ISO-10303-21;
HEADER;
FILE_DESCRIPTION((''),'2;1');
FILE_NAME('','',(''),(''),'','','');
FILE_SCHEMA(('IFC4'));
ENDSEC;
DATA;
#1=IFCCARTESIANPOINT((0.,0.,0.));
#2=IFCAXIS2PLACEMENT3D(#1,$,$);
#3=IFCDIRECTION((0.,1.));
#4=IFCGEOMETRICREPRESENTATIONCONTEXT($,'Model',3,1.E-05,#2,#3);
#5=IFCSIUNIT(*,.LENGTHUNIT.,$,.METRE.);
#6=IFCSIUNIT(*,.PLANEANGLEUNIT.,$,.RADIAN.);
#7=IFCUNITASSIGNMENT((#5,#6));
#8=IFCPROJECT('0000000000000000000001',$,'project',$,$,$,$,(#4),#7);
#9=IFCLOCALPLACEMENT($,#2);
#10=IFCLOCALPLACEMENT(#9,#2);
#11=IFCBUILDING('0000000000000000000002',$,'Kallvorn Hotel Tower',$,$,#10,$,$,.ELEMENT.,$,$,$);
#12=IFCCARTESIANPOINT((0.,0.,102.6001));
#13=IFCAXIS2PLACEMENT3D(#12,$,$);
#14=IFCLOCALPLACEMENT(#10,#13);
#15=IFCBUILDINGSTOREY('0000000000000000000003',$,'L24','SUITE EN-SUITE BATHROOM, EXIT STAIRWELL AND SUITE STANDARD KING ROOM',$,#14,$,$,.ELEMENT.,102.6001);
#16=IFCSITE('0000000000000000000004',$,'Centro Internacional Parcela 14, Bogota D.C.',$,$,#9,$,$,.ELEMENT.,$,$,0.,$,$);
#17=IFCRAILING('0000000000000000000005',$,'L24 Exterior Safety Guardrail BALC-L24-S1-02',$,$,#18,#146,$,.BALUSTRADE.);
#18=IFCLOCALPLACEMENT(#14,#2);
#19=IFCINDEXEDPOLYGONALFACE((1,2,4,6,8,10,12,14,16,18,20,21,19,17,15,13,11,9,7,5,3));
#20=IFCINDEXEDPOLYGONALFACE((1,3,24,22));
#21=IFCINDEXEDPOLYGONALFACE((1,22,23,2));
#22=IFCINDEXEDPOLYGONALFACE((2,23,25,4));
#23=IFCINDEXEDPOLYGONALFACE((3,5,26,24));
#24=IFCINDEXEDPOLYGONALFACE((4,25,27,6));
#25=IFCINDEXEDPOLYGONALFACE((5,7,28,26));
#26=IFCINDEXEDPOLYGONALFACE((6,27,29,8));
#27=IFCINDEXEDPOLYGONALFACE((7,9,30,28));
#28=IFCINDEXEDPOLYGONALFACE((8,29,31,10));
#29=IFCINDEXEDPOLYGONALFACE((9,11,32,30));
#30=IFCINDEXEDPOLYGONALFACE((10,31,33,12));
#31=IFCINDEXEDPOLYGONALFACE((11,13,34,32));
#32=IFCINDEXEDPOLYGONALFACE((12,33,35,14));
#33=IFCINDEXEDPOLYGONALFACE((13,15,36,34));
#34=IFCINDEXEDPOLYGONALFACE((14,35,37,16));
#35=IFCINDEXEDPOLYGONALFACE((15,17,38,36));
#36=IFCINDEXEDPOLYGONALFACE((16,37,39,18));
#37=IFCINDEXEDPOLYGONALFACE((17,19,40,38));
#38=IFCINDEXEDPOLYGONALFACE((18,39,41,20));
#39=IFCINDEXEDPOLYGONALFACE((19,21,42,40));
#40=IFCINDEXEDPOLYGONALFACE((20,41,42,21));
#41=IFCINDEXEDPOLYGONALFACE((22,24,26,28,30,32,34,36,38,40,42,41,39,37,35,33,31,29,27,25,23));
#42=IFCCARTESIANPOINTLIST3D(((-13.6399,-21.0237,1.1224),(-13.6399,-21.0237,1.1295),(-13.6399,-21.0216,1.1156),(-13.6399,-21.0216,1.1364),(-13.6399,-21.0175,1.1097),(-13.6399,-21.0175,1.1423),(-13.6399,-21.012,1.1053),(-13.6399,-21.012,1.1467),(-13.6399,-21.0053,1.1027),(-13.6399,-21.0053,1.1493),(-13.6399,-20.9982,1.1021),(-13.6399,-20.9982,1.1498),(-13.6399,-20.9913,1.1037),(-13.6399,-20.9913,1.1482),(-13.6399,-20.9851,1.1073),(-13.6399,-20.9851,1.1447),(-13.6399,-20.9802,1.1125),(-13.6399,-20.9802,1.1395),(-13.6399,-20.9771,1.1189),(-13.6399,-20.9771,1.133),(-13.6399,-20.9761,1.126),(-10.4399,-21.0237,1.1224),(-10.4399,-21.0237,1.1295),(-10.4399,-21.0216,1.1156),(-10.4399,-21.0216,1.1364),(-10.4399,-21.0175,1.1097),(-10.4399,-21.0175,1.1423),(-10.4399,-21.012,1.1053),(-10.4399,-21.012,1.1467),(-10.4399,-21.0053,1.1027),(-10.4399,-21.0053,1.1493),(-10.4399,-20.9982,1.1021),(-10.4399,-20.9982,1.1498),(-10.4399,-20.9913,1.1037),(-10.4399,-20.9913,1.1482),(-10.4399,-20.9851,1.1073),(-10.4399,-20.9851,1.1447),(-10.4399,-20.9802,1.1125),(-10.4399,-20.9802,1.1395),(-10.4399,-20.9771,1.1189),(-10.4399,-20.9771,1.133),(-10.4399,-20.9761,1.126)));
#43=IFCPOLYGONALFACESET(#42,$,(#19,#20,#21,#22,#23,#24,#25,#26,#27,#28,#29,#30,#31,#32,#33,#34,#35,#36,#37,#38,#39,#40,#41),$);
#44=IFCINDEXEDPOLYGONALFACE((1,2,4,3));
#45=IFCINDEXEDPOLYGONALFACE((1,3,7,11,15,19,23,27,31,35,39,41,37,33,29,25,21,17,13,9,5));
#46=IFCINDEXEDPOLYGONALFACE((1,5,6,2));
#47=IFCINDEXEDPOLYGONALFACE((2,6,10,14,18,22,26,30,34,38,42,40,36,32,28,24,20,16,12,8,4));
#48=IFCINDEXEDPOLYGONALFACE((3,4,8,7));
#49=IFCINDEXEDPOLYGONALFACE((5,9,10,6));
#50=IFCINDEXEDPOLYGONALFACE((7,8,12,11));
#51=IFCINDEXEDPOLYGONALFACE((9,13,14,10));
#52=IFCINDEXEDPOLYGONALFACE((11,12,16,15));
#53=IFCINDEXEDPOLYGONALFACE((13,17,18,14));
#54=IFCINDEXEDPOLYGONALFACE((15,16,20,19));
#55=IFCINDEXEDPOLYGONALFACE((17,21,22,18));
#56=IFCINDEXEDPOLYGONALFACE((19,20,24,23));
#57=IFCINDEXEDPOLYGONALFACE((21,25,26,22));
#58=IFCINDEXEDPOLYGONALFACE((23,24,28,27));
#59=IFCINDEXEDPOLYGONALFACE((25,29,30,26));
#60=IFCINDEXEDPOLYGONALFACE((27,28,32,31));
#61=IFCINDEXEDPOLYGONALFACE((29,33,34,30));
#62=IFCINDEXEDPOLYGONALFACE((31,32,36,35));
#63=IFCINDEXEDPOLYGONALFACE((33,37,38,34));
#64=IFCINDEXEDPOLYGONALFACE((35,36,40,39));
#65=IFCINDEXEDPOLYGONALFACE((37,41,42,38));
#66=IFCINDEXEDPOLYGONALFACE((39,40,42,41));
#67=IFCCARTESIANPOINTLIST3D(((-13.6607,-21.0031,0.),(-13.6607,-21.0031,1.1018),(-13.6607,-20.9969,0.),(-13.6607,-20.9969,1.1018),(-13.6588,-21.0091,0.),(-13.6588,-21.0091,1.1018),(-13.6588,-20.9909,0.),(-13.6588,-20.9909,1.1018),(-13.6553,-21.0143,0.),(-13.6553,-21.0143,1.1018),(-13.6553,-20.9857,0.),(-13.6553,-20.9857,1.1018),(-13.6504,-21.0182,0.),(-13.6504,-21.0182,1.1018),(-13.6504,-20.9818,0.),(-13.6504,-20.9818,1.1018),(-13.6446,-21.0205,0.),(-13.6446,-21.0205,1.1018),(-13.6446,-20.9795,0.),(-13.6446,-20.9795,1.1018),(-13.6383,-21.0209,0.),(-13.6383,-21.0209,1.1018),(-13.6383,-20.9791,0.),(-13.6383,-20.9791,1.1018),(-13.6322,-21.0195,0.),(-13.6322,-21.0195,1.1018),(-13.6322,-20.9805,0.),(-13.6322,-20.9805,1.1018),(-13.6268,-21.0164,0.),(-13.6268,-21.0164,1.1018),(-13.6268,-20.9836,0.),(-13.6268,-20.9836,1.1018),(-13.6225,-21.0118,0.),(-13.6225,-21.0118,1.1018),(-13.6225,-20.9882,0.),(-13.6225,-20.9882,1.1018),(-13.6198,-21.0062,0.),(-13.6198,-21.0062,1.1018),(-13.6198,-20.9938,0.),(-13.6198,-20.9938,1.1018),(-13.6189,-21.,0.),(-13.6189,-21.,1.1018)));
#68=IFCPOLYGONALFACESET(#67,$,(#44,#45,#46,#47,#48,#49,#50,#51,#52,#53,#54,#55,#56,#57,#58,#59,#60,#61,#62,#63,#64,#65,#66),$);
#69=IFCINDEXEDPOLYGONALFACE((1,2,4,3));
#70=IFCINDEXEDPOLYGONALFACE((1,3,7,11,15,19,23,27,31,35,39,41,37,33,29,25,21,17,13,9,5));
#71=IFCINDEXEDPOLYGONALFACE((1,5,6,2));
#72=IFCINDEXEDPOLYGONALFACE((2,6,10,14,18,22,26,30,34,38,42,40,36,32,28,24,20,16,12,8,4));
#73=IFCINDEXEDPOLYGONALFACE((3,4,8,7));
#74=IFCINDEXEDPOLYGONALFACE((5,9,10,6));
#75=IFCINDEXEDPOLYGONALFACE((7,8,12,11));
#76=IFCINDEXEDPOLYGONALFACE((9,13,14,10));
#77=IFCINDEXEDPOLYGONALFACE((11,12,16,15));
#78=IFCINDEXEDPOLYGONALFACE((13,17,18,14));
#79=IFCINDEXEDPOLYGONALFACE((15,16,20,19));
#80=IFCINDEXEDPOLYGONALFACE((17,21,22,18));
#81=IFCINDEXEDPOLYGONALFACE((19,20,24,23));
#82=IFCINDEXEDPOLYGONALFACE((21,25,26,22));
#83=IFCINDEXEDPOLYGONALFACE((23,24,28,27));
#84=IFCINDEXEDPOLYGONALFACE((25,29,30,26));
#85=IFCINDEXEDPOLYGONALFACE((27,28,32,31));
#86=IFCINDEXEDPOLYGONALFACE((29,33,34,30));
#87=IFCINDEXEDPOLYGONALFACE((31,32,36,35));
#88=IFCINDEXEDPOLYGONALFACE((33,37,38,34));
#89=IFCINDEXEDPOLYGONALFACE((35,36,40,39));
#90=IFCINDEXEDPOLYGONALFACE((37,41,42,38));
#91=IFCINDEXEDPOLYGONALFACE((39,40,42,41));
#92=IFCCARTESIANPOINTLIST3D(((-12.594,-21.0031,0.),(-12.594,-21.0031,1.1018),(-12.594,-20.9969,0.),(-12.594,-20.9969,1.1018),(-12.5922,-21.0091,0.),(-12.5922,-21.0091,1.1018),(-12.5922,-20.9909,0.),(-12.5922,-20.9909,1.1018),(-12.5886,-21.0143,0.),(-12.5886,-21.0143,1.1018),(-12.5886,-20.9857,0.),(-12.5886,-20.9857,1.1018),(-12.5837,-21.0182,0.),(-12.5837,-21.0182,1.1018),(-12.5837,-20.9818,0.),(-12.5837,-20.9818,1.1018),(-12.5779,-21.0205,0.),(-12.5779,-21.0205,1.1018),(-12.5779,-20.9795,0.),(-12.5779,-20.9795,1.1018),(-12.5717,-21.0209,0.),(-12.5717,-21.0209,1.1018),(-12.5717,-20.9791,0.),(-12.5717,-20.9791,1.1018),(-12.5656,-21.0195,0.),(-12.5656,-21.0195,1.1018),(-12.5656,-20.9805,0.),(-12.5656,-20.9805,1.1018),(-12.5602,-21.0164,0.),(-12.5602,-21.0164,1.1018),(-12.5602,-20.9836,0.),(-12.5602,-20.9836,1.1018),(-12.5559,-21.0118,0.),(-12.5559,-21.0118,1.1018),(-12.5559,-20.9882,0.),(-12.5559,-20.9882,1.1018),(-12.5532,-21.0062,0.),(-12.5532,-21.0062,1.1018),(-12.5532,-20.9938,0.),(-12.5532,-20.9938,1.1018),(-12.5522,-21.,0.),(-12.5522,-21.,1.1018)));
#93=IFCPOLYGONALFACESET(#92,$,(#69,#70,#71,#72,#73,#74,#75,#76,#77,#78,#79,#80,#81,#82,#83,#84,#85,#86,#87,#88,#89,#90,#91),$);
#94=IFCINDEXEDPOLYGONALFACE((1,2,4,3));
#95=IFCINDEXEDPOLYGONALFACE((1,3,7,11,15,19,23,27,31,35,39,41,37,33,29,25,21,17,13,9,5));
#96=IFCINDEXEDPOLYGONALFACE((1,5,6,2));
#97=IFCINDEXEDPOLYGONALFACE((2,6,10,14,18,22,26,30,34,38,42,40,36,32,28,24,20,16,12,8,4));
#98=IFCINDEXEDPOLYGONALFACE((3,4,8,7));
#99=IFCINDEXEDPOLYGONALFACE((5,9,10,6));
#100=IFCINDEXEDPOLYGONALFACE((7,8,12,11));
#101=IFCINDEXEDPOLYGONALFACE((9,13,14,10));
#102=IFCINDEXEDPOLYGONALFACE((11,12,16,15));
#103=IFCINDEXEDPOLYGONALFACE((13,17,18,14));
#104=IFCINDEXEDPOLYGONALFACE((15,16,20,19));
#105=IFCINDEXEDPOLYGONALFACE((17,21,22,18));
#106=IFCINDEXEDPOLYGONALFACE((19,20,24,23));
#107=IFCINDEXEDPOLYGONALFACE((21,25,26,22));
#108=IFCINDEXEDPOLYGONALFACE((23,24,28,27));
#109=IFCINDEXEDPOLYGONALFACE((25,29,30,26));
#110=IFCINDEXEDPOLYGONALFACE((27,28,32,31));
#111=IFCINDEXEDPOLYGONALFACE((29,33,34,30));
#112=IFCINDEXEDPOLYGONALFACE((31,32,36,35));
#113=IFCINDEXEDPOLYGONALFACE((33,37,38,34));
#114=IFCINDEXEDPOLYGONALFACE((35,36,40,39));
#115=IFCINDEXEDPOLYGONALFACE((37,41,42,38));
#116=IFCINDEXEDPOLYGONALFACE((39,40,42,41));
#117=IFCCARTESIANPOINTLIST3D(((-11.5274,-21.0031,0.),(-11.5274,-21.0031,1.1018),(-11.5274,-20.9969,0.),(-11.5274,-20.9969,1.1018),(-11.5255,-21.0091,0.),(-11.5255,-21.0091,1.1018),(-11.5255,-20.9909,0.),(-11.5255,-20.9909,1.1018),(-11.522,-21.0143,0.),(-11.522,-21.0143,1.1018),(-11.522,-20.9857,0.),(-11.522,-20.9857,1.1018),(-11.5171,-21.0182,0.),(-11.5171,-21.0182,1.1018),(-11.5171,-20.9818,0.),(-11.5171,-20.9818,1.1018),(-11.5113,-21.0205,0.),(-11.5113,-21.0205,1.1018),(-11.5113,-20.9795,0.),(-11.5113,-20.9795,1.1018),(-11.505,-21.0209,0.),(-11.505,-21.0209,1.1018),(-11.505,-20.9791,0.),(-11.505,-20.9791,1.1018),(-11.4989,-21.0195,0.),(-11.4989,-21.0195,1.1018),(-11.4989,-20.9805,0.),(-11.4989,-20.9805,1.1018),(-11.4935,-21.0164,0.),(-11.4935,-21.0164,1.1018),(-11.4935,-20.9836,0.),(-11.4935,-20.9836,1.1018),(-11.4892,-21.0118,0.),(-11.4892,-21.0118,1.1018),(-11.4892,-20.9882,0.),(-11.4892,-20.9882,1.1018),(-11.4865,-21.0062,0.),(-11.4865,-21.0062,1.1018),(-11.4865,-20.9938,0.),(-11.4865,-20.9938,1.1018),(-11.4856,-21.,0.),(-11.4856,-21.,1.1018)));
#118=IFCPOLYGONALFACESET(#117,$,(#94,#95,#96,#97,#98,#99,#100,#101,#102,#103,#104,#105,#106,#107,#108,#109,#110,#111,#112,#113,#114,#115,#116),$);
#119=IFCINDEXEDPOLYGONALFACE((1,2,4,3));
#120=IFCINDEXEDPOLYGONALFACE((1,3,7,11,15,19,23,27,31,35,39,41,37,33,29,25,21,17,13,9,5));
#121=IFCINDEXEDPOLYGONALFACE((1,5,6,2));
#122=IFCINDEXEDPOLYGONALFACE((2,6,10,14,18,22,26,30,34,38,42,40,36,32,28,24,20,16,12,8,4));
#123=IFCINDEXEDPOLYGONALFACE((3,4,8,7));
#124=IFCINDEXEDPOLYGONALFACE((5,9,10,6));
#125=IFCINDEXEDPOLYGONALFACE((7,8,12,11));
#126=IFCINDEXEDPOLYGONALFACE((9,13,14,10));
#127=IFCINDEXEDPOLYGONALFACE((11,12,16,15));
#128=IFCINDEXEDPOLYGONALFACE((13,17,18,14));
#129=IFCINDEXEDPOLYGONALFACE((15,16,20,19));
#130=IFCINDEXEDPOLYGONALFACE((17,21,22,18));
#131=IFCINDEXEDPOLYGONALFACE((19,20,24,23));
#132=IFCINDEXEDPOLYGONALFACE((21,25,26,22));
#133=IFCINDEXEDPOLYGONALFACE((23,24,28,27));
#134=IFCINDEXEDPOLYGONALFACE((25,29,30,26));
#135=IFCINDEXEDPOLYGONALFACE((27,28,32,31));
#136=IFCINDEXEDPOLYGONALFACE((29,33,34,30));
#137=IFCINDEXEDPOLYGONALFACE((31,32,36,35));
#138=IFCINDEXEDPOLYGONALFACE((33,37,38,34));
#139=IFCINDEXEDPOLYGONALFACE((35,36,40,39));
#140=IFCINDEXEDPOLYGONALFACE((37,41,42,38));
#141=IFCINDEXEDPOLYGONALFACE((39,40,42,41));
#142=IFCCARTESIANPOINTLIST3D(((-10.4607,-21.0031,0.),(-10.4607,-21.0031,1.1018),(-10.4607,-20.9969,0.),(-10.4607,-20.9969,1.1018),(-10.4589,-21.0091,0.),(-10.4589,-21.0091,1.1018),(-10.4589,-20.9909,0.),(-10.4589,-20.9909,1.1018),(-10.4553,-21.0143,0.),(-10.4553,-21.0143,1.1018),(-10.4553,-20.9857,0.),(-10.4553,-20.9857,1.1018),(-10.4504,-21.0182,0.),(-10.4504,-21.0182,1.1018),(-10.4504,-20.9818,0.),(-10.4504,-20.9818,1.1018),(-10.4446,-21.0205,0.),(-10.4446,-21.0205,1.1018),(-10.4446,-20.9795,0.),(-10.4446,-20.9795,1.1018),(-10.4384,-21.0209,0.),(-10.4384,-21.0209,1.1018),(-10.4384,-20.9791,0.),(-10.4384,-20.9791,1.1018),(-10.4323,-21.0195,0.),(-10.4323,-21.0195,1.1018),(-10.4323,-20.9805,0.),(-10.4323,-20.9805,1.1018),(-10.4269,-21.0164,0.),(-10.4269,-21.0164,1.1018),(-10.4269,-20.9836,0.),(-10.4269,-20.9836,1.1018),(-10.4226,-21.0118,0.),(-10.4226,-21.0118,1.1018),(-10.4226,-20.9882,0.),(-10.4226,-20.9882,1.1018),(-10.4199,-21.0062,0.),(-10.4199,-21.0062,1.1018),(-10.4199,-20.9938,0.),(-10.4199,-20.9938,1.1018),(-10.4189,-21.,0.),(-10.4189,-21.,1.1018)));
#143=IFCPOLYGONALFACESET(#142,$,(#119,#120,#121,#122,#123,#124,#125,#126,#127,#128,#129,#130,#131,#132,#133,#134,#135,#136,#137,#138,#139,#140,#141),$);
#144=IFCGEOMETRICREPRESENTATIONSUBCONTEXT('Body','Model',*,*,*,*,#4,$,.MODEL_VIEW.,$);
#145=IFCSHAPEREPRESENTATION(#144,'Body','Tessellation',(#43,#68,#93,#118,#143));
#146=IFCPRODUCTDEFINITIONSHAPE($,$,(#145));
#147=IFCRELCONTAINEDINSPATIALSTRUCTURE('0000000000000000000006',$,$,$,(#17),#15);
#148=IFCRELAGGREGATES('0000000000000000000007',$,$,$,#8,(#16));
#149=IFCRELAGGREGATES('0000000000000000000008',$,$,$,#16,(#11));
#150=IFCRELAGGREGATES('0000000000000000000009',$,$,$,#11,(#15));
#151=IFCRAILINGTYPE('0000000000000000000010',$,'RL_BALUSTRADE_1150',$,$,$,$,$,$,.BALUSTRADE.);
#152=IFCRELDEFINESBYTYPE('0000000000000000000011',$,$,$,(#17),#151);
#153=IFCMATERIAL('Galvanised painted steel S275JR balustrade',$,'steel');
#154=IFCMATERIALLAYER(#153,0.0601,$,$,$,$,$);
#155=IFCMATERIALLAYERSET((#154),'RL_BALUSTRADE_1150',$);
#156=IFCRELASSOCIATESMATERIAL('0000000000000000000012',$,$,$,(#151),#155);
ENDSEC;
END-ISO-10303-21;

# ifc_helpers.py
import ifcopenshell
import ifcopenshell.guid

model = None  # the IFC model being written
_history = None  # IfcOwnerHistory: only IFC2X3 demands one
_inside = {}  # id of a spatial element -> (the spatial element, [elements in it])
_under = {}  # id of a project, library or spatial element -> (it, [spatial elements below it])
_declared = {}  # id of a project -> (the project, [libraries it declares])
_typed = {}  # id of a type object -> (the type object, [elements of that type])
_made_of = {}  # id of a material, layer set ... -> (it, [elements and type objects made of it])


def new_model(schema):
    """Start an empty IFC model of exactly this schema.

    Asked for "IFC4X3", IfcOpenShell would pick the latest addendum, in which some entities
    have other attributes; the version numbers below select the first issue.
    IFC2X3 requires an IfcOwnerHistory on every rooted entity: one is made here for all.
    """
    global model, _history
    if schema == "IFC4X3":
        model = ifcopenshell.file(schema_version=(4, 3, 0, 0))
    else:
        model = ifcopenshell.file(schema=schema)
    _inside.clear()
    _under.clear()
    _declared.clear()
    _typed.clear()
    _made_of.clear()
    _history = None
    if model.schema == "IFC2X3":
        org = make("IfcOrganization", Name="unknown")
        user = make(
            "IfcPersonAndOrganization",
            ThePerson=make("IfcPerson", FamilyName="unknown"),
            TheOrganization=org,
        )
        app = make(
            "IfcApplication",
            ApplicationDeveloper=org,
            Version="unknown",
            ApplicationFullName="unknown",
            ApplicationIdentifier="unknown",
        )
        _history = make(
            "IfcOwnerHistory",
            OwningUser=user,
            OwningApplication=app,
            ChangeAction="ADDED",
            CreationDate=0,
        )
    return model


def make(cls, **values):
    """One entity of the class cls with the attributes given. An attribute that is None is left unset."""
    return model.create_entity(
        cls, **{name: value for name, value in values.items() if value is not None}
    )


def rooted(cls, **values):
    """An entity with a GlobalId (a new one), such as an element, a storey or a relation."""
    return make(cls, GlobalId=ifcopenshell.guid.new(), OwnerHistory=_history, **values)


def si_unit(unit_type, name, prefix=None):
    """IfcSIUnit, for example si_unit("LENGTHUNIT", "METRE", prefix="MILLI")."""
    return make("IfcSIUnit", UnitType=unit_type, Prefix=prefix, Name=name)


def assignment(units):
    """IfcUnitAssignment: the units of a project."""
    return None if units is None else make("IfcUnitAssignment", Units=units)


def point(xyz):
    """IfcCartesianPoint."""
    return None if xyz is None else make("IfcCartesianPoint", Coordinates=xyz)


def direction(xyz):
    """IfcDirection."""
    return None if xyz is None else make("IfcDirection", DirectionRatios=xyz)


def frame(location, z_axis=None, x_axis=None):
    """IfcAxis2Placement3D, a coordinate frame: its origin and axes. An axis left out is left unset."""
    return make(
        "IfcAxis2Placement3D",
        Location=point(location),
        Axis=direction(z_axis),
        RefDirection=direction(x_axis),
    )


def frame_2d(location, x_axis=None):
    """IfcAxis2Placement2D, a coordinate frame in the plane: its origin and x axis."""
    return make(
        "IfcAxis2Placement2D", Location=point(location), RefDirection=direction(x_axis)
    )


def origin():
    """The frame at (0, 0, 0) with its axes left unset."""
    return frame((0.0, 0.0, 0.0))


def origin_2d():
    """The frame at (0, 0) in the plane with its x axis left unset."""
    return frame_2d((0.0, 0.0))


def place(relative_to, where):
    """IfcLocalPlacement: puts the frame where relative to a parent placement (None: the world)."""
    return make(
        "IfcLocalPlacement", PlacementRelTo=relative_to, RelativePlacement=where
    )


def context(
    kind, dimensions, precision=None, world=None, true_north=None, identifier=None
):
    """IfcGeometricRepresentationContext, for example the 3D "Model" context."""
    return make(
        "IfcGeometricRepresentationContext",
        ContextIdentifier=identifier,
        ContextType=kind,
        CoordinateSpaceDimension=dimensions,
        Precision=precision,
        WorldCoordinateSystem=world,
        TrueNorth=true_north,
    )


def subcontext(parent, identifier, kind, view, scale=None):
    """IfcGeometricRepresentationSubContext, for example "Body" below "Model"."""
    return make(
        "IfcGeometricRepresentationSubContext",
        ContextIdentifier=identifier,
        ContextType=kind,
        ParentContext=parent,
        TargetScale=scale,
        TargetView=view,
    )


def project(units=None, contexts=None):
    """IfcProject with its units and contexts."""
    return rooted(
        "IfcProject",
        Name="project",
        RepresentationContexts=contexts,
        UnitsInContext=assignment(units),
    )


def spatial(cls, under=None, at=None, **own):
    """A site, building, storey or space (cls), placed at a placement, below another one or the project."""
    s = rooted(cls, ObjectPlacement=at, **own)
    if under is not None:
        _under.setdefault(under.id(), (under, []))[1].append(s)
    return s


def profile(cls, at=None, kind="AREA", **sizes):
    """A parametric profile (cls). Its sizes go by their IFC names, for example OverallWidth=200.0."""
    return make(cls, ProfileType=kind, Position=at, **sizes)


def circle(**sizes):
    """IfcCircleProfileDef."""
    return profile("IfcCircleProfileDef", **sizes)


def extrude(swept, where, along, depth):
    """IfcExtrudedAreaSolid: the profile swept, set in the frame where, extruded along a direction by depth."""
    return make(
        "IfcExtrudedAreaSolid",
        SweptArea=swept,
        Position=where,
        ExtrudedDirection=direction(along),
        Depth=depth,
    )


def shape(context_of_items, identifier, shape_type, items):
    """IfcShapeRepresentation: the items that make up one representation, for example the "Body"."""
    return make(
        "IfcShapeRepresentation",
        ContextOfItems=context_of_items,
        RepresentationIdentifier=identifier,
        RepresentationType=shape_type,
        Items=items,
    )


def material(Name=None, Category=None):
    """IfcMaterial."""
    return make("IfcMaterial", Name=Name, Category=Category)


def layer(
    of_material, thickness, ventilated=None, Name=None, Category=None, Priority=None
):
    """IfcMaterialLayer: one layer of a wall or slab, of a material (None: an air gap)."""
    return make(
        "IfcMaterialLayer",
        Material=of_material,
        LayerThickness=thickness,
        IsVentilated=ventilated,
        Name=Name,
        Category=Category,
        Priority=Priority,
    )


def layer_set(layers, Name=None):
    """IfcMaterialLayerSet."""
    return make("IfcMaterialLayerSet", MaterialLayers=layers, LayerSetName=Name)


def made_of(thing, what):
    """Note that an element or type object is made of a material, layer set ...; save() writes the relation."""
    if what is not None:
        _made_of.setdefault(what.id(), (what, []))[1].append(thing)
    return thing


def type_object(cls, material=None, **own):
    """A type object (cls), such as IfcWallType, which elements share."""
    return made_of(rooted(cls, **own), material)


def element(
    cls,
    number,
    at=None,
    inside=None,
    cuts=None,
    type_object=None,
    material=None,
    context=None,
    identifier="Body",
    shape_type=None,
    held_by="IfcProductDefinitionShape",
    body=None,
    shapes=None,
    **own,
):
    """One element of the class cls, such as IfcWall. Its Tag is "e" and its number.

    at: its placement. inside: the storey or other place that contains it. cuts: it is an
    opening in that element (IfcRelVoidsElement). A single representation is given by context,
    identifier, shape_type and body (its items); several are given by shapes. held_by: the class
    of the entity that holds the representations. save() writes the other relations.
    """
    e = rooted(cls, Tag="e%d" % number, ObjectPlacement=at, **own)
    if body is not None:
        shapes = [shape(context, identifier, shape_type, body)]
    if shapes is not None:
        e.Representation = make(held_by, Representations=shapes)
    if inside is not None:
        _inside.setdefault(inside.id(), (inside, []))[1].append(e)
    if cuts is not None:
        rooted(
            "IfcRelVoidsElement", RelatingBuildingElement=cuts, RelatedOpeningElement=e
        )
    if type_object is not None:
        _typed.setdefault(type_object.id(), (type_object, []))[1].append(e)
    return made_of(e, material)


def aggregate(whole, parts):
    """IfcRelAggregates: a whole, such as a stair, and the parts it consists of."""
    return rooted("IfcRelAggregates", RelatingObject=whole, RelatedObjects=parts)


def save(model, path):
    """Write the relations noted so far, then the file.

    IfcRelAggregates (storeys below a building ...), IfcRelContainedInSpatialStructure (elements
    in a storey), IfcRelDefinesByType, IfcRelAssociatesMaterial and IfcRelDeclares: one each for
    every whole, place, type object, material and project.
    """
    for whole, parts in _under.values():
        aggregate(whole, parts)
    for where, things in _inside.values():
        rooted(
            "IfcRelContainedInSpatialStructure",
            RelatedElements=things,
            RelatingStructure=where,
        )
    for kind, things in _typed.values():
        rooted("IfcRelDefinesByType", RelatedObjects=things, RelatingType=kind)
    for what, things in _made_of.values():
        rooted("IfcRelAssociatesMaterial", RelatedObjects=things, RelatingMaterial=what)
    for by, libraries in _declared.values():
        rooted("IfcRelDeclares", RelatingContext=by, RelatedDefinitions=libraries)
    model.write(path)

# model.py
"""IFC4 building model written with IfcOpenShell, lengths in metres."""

from ifc_helpers import new_model, si_unit, direction, frame, origin, origin_2d, place, context, subcontext, project, spatial, circle, extrude, material, layer, layer_set, type_object, element, save


model = new_model("IFC4")

# Units and contexts
model_context = context("Model", 3, precision=1e-05, world=origin(), true_north=direction((0.0, 1.0)))
body_context = subcontext(model_context, "Body", "Model", "MODEL_VIEW")
ifc_project = project(units=[si_unit("LENGTHUNIT", "METRE"), si_unit("PLANEANGLEUNIT", "RADIAN")], contexts=[model_context])

# Site, building, storey
site_placement = place(None, origin())
site = spatial("IfcSite", under=ifc_project, at=site_placement, Name="Centro Internacional Parcela 14, Bogota D.C.", CompositionType="ELEMENT", RefElevation=0.0)
building_placement = place(site_placement, origin())
building = spatial("IfcBuilding", under=site, at=building_placement, Name="Kallvorn Hotel Tower", CompositionType="ELEMENT")
storey_placement = place(building_placement, frame((0.0, 0.0, 102.6001)))
storey = spatial("IfcBuildingStorey", under=building, at=storey_placement, Name="L24", Description="SUITE EN-SUITE BATHROOM, EXIT STAIRWELL AND SUITE STANDARD KING ROOM", CompositionType="ELEMENT", Elevation=102.6001)

# Railing
ifc_material_1 = material(Name="Galvanised painted steel S275JR balustrade", Category="steel")
ifc_layer_1 = layer(ifc_material_1, 0.0601)
ifc_layer_set_1 = layer_set([ifc_layer_1], Name="RL_BALUSTRADE_1150")
railing_type = type_object("IfcRailingType", Name="RL_BALUSTRADE_1150", PredefinedType="BALUSTRADE", material=ifc_layer_set_1)
railing_1_placement = place(storey_placement, frame((-13.6399, -21.0, 0.0)))
element("IfcRailing", 1, at=railing_1_placement, inside=storey, type_object=railing_type, Name="L24 Exterior Safety Guardrail BALC-L24-S1-02", PredefinedType="BALUSTRADE", context=body_context, shape_type="SweptSolid", body=[
    extrude(circle(Radius=0.0239, at=origin_2d()), frame((0.0, 0.0, 1.126), z_axis=(1.0, 0.0, 0.0), x_axis=(0.0, 1.0, 0.0)), (0.0, 0.0, 1.0), 3.2),
    extrude(circle(Radius=0.021, at=origin_2d()), origin(), (0.0, 0.0, 1.0), 1.1018),
    extrude(circle(Radius=0.021, at=origin_2d()), frame((1.0667, 0.0, 0.0)), (0.0, 0.0, 1.0), 1.1018),
    extrude(circle(Radius=0.021, at=origin_2d()), frame((2.1333, 0.0, 0.0)), (0.0, 0.0, 1.0), 1.1018),
    extrude(circle(Radius=0.021, at=origin_2d()), frame((3.2, 0.0, 0.0)), (0.0, 0.0, 1.0), 1.1018),
])

save(model, "model.ifc")
